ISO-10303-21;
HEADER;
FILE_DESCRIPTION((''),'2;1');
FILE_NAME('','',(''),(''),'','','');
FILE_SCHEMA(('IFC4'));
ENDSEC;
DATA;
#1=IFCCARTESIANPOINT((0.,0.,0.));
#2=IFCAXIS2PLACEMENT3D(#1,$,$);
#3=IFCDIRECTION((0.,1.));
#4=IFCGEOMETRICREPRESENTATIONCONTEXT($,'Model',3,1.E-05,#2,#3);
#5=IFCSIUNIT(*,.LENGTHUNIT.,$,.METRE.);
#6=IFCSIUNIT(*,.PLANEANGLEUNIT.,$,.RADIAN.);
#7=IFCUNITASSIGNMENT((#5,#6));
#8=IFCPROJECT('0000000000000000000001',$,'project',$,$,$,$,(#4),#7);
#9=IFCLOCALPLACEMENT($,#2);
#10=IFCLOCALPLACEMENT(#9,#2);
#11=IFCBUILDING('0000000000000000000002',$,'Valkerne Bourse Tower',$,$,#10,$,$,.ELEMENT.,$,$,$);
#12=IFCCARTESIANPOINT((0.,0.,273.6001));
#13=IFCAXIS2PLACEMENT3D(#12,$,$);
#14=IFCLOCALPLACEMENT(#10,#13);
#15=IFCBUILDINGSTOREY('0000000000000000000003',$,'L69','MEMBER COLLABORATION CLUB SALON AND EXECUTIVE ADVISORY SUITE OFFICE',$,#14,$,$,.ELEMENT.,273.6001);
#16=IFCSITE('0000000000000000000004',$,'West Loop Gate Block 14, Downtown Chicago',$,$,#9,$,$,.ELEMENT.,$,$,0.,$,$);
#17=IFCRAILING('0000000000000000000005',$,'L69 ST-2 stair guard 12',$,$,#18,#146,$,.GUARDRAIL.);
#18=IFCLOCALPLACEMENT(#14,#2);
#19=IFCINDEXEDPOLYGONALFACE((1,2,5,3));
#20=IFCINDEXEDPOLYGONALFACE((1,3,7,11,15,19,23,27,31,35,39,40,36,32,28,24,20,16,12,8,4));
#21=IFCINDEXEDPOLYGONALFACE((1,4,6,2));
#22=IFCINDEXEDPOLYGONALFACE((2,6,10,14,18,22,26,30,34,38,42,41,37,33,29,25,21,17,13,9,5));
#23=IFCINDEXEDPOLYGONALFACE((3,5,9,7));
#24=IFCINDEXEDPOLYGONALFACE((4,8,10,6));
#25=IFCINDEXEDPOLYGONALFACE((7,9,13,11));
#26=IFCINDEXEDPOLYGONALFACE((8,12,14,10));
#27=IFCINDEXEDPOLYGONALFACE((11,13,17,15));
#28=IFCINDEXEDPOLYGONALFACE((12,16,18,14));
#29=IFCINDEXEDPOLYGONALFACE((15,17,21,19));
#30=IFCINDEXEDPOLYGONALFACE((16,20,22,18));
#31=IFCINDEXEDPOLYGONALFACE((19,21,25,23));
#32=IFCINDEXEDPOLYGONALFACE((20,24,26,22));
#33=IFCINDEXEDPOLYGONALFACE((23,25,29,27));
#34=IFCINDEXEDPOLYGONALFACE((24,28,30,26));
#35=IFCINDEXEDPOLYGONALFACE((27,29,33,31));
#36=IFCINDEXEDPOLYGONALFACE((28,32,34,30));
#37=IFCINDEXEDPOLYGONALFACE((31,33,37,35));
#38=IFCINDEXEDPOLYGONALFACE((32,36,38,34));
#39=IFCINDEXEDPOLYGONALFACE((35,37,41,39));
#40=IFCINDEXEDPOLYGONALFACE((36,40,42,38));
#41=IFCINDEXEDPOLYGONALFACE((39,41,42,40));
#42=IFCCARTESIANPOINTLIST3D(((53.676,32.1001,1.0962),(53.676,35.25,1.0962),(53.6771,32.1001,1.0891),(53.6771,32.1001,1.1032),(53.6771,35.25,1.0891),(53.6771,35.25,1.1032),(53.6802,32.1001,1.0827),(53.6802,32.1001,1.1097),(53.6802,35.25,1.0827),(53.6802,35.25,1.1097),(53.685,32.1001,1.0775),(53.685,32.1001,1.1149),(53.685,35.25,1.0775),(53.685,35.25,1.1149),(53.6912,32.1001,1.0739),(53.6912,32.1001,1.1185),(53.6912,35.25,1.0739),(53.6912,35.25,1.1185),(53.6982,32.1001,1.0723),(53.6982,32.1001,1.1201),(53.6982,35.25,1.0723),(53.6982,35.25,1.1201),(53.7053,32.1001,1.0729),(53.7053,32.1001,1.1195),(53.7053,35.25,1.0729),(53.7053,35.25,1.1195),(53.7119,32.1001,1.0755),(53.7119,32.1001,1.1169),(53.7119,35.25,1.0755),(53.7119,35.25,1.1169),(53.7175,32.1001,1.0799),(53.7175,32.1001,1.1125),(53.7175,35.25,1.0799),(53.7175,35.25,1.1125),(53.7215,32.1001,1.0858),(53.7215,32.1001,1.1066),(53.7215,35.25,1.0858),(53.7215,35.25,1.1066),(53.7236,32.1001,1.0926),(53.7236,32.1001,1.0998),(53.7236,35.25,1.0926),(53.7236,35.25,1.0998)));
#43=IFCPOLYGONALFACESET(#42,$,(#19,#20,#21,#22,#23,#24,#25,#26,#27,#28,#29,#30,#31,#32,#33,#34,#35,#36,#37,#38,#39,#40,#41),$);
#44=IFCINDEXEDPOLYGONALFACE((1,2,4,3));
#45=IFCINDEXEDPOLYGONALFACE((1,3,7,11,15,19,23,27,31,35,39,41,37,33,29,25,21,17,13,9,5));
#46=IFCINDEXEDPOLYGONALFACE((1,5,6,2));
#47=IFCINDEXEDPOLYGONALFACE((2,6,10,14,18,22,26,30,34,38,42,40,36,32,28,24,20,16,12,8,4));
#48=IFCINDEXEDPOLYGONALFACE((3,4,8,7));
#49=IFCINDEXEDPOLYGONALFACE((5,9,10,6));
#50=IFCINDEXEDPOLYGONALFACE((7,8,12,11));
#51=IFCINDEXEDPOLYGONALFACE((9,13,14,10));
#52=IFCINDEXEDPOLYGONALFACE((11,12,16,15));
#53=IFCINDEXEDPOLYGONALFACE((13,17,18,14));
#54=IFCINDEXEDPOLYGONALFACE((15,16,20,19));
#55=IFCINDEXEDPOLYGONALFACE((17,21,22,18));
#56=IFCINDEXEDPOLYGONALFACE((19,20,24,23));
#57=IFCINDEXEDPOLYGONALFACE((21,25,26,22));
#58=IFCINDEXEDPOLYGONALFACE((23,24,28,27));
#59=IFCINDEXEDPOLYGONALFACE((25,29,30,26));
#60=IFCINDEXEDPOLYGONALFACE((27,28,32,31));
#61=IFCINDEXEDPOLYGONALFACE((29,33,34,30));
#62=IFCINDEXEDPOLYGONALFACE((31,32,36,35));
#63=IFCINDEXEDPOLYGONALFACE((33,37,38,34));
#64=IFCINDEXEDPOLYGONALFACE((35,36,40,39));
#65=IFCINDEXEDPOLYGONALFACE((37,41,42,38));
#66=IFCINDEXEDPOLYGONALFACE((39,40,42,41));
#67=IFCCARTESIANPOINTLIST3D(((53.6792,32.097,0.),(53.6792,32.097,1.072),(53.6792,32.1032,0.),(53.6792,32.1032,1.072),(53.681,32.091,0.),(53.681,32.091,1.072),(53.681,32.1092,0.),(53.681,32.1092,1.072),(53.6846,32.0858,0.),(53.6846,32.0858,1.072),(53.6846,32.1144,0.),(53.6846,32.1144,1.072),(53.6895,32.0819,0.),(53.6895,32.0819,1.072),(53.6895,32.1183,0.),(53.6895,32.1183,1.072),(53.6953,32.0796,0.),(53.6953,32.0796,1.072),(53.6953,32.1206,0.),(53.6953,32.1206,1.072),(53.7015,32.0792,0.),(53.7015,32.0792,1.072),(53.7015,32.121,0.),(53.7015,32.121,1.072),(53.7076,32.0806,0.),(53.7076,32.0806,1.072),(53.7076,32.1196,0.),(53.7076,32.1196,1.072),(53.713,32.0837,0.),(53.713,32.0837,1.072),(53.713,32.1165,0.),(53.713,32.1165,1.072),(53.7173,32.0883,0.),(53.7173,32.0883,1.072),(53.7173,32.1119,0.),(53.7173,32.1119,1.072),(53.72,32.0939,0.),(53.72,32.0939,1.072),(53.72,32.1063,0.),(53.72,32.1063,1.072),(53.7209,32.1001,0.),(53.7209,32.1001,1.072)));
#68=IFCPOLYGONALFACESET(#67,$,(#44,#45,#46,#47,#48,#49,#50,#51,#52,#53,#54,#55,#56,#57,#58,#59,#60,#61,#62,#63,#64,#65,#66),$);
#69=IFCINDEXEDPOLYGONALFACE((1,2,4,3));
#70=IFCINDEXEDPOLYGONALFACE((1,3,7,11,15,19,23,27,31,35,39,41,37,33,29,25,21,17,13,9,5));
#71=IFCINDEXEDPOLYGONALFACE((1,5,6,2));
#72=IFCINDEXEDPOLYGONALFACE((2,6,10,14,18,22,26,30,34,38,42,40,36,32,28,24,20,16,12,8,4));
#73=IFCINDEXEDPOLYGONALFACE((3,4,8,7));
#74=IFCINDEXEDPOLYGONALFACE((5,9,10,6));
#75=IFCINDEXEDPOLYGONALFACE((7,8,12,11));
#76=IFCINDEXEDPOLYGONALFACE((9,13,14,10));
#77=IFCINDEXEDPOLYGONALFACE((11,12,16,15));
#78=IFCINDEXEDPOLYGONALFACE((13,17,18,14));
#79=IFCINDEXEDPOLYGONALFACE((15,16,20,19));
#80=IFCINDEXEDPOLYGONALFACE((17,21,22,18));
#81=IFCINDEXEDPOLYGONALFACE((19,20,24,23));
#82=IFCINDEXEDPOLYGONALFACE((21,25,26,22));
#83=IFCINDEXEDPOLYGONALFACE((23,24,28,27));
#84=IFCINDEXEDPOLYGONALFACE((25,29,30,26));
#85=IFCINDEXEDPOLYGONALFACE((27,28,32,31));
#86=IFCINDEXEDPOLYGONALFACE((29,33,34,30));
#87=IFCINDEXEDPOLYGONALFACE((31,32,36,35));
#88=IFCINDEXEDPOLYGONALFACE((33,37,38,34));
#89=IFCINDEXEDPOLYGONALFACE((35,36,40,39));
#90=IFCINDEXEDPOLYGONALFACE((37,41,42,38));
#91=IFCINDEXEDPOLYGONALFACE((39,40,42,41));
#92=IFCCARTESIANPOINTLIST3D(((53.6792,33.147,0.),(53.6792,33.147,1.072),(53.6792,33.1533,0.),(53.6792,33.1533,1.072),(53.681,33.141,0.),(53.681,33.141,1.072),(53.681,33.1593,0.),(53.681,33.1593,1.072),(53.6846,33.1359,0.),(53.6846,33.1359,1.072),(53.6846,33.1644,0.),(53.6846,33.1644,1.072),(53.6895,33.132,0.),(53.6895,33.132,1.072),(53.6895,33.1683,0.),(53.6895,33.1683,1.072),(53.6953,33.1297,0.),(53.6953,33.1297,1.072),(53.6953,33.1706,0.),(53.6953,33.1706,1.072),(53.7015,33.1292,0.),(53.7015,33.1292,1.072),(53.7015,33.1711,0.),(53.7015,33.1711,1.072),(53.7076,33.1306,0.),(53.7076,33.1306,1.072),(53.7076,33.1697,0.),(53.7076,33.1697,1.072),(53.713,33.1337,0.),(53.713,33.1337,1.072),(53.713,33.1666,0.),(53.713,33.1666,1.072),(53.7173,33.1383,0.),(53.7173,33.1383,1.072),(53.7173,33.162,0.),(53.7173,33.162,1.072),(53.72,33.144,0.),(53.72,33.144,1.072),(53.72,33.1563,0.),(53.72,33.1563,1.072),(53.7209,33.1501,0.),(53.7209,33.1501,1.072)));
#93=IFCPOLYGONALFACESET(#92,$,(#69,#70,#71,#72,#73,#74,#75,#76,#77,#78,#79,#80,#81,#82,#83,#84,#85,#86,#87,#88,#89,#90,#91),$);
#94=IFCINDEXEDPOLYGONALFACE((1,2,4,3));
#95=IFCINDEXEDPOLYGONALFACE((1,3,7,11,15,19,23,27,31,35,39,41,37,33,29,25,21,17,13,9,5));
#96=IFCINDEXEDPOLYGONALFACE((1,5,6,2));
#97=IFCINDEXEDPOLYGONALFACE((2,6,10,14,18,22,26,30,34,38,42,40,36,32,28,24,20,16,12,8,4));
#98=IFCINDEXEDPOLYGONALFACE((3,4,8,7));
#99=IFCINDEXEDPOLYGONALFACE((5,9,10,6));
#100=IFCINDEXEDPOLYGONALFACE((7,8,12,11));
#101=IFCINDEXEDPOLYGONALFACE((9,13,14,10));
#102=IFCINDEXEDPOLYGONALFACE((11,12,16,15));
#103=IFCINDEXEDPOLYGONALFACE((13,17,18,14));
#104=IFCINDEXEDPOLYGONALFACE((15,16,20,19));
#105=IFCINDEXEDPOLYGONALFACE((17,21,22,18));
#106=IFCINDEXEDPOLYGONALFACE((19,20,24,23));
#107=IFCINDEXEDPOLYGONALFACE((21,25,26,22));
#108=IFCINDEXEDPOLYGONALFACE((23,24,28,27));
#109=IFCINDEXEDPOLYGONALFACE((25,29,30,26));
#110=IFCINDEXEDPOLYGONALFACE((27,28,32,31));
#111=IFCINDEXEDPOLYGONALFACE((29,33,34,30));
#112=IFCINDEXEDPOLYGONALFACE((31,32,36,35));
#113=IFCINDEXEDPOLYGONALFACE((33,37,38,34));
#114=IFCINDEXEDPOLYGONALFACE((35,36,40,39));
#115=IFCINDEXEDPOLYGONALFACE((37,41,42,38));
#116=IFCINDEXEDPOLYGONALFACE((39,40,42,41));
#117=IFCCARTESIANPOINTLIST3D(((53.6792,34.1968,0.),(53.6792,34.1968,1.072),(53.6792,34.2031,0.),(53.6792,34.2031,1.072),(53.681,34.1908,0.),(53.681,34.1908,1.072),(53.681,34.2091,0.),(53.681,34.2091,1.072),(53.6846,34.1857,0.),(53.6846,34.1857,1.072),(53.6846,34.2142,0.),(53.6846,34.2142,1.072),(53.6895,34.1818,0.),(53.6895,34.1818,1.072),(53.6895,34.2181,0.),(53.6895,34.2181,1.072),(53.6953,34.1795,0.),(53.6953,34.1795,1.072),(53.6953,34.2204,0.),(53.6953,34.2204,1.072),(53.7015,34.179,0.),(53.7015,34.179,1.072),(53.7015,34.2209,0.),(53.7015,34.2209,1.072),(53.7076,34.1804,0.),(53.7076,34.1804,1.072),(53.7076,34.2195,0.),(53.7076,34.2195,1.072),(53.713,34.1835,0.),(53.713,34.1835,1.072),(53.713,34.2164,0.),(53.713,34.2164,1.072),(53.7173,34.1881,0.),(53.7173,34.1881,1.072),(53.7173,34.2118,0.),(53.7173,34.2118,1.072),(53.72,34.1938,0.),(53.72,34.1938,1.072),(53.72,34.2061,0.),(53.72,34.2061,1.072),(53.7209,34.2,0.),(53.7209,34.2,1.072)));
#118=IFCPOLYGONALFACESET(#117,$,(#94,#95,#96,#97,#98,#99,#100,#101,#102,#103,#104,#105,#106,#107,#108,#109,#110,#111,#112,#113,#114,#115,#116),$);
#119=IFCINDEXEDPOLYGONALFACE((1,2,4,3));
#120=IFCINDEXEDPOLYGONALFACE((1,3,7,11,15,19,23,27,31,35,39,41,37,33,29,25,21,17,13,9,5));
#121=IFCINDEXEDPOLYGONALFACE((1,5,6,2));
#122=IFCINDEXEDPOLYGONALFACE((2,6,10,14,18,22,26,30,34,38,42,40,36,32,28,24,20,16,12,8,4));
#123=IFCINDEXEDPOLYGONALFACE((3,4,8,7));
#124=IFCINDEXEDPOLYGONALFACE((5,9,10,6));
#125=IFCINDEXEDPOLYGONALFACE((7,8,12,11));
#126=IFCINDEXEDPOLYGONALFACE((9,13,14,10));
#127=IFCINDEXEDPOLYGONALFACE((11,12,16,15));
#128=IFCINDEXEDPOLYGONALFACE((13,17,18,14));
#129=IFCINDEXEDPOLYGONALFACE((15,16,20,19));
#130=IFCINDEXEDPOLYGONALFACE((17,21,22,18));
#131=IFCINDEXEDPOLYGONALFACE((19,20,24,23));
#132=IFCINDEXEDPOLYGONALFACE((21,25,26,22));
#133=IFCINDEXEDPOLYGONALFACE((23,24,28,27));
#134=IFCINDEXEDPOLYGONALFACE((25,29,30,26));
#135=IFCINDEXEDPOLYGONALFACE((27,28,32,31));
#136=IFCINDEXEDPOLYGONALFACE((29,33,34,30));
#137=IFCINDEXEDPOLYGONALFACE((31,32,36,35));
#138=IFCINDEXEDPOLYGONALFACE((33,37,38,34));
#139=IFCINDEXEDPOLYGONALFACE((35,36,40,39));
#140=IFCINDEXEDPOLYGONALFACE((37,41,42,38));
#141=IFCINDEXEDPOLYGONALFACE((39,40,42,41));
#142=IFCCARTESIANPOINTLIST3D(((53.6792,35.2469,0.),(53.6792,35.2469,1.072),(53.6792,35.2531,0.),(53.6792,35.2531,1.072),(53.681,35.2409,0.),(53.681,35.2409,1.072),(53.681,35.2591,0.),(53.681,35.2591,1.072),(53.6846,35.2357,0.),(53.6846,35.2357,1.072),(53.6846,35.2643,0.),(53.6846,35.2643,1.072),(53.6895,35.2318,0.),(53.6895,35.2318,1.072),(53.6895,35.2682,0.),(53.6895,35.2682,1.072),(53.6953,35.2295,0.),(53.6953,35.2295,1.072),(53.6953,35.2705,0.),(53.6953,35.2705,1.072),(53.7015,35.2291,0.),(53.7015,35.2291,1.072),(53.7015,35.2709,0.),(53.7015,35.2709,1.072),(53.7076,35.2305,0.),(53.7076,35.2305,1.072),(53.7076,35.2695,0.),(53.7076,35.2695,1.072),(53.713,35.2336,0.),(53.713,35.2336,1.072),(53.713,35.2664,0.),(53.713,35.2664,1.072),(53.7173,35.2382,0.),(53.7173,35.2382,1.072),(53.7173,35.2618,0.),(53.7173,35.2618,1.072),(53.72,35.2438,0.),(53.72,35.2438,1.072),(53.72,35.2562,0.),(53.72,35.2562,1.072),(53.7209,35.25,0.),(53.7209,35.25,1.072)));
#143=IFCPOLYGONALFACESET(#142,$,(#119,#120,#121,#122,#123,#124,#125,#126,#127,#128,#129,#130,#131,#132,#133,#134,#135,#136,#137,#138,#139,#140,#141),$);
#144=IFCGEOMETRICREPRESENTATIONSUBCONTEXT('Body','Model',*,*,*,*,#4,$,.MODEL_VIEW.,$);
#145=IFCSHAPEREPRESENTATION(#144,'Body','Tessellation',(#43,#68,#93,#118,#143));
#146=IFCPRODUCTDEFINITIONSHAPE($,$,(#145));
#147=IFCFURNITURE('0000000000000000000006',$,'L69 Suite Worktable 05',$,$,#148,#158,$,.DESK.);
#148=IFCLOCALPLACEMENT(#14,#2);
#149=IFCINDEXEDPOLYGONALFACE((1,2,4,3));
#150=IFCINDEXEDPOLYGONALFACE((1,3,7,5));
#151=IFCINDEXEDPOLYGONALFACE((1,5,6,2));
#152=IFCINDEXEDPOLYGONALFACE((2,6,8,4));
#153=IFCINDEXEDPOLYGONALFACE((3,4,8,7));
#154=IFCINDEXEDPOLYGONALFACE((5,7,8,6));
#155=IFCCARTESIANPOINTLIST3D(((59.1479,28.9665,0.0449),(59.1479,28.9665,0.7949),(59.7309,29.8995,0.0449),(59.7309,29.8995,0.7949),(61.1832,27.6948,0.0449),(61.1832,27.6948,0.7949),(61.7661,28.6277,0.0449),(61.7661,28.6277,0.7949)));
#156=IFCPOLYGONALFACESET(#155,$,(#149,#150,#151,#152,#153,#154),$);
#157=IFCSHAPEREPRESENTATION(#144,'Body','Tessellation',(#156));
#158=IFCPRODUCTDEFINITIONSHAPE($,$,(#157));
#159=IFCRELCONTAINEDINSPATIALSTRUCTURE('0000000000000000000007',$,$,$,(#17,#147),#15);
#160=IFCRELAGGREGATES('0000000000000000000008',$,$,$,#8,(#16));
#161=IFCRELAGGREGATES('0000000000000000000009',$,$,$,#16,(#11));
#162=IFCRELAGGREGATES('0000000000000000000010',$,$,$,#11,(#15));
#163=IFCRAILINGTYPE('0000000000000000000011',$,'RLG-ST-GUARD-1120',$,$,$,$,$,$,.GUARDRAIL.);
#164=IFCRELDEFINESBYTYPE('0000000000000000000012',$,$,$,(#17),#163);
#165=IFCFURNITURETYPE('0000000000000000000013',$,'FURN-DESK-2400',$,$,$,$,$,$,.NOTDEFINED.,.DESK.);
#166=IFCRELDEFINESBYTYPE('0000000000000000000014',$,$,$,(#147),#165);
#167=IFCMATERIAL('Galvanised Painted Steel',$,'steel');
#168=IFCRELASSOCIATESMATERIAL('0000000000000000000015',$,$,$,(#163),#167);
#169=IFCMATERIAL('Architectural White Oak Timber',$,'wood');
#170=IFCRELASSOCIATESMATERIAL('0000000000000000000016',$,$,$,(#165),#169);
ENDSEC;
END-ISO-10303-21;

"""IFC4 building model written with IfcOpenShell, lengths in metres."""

from ifc_helpers import new_model, si_unit, direction, frame, origin, origin_2d, place, context, subcontext, project, spatial, rectangle, circle, extrude, material, type_object, element, save


model = new_model("IFC4")

# Units and contexts
model_context = context("Model", 3, precision=1e-05, world=origin(), true_north=direction((0.0, 1.0)))
body_context = subcontext(model_context, "Body", "Model", "MODEL_VIEW")
ifc_project = project(units=[si_unit("LENGTHUNIT", "METRE"), si_unit("PLANEANGLEUNIT", "RADIAN")], contexts=[model_context])

# Site, building, storey
site_placement = place(None, origin())
site = spatial("IfcSite", under=ifc_project, at=site_placement, Name="West Loop Gate Block 14, Downtown Chicago", CompositionType="ELEMENT", RefElevation=0.0)
building_placement = place(site_placement, origin())
building = spatial("IfcBuilding", under=site, at=building_placement, Name="Valkerne Bourse Tower", CompositionType="ELEMENT")
storey_placement = place(building_placement, frame((0.0, 0.0, 273.6001)))
storey = spatial("IfcBuildingStorey", under=building, at=storey_placement, Name="L69", Description="MEMBER COLLABORATION CLUB SALON AND EXECUTIVE ADVISORY SUITE OFFICE", CompositionType="ELEMENT", Elevation=273.6001)

# Railing
ifc_material_1 = material(Name="Galvanised Painted Steel", Category="steel")
railing_type = type_object("IfcRailingType", Name="RLG-ST-GUARD-1120", PredefinedType="GUARDRAIL", material=ifc_material_1)
railing_1_placement = place(storey_placement, frame((53.7, 32.1001, 0.0)))
element("IfcRailing", 1, at=railing_1_placement, inside=storey, type_object=railing_type, Name="L69 ST-2 stair guard 12", PredefinedType="GUARDRAIL", context=body_context, shape_type="SweptSolid", body=[
    extrude(circle(Radius=0.0239, at=origin_2d()), frame((0.0, 0.0, 1.0962), z_axis=(0.0, 1.0, 0.0), x_axis=(-1.0, 0.0, 0.0)), (0.0, 0.0, 1.0), 3.1499),
    extrude(circle(Radius=0.021, at=origin_2d()), origin(), (0.0, 0.0, 1.0), 1.072),
    extrude(circle(Radius=0.021, at=origin_2d()), frame((0.0, 1.05, 0.0)), (0.0, 0.0, 1.0), 1.072),
    extrude(circle(Radius=0.021, at=origin_2d()), frame((0.0, 2.0999, 0.0)), (0.0, 0.0, 1.0), 1.072),
    extrude(circle(Radius=0.021, at=origin_2d()), frame((0.0, 3.1499, 0.0)), (0.0, 0.0, 1.0), 1.072),
])

# Furniture
ifc_material_2 = material(Name="Architectural White Oak Timber", Category="wood")
furniture_type = type_object("IfcFurnitureType", Name="FURN-DESK-2400", AssemblyPlace="NOTDEFINED", PredefinedType="DESK", material=ifc_material_2)
furniture_placement = place(storey_placement, frame((60.457, 28.7971, 0.0449), z_axis=(0.0, 0.0, 1.0), x_axis=(-0.848048, 0.529919, 0.0)))
element("IfcFurniture", 2, at=furniture_placement, inside=storey, type_object=furniture_type, Name="L69 Suite Worktable 05", PredefinedType="DESK", context=body_context, shape_type="SweptSolid", body=[
    extrude(rectangle(XDim=2.3999, YDim=1.1001, at=origin_2d()), origin(), (0.0, 0.0, 1.0), 0.75),
])

save(model, "model.ifc")
